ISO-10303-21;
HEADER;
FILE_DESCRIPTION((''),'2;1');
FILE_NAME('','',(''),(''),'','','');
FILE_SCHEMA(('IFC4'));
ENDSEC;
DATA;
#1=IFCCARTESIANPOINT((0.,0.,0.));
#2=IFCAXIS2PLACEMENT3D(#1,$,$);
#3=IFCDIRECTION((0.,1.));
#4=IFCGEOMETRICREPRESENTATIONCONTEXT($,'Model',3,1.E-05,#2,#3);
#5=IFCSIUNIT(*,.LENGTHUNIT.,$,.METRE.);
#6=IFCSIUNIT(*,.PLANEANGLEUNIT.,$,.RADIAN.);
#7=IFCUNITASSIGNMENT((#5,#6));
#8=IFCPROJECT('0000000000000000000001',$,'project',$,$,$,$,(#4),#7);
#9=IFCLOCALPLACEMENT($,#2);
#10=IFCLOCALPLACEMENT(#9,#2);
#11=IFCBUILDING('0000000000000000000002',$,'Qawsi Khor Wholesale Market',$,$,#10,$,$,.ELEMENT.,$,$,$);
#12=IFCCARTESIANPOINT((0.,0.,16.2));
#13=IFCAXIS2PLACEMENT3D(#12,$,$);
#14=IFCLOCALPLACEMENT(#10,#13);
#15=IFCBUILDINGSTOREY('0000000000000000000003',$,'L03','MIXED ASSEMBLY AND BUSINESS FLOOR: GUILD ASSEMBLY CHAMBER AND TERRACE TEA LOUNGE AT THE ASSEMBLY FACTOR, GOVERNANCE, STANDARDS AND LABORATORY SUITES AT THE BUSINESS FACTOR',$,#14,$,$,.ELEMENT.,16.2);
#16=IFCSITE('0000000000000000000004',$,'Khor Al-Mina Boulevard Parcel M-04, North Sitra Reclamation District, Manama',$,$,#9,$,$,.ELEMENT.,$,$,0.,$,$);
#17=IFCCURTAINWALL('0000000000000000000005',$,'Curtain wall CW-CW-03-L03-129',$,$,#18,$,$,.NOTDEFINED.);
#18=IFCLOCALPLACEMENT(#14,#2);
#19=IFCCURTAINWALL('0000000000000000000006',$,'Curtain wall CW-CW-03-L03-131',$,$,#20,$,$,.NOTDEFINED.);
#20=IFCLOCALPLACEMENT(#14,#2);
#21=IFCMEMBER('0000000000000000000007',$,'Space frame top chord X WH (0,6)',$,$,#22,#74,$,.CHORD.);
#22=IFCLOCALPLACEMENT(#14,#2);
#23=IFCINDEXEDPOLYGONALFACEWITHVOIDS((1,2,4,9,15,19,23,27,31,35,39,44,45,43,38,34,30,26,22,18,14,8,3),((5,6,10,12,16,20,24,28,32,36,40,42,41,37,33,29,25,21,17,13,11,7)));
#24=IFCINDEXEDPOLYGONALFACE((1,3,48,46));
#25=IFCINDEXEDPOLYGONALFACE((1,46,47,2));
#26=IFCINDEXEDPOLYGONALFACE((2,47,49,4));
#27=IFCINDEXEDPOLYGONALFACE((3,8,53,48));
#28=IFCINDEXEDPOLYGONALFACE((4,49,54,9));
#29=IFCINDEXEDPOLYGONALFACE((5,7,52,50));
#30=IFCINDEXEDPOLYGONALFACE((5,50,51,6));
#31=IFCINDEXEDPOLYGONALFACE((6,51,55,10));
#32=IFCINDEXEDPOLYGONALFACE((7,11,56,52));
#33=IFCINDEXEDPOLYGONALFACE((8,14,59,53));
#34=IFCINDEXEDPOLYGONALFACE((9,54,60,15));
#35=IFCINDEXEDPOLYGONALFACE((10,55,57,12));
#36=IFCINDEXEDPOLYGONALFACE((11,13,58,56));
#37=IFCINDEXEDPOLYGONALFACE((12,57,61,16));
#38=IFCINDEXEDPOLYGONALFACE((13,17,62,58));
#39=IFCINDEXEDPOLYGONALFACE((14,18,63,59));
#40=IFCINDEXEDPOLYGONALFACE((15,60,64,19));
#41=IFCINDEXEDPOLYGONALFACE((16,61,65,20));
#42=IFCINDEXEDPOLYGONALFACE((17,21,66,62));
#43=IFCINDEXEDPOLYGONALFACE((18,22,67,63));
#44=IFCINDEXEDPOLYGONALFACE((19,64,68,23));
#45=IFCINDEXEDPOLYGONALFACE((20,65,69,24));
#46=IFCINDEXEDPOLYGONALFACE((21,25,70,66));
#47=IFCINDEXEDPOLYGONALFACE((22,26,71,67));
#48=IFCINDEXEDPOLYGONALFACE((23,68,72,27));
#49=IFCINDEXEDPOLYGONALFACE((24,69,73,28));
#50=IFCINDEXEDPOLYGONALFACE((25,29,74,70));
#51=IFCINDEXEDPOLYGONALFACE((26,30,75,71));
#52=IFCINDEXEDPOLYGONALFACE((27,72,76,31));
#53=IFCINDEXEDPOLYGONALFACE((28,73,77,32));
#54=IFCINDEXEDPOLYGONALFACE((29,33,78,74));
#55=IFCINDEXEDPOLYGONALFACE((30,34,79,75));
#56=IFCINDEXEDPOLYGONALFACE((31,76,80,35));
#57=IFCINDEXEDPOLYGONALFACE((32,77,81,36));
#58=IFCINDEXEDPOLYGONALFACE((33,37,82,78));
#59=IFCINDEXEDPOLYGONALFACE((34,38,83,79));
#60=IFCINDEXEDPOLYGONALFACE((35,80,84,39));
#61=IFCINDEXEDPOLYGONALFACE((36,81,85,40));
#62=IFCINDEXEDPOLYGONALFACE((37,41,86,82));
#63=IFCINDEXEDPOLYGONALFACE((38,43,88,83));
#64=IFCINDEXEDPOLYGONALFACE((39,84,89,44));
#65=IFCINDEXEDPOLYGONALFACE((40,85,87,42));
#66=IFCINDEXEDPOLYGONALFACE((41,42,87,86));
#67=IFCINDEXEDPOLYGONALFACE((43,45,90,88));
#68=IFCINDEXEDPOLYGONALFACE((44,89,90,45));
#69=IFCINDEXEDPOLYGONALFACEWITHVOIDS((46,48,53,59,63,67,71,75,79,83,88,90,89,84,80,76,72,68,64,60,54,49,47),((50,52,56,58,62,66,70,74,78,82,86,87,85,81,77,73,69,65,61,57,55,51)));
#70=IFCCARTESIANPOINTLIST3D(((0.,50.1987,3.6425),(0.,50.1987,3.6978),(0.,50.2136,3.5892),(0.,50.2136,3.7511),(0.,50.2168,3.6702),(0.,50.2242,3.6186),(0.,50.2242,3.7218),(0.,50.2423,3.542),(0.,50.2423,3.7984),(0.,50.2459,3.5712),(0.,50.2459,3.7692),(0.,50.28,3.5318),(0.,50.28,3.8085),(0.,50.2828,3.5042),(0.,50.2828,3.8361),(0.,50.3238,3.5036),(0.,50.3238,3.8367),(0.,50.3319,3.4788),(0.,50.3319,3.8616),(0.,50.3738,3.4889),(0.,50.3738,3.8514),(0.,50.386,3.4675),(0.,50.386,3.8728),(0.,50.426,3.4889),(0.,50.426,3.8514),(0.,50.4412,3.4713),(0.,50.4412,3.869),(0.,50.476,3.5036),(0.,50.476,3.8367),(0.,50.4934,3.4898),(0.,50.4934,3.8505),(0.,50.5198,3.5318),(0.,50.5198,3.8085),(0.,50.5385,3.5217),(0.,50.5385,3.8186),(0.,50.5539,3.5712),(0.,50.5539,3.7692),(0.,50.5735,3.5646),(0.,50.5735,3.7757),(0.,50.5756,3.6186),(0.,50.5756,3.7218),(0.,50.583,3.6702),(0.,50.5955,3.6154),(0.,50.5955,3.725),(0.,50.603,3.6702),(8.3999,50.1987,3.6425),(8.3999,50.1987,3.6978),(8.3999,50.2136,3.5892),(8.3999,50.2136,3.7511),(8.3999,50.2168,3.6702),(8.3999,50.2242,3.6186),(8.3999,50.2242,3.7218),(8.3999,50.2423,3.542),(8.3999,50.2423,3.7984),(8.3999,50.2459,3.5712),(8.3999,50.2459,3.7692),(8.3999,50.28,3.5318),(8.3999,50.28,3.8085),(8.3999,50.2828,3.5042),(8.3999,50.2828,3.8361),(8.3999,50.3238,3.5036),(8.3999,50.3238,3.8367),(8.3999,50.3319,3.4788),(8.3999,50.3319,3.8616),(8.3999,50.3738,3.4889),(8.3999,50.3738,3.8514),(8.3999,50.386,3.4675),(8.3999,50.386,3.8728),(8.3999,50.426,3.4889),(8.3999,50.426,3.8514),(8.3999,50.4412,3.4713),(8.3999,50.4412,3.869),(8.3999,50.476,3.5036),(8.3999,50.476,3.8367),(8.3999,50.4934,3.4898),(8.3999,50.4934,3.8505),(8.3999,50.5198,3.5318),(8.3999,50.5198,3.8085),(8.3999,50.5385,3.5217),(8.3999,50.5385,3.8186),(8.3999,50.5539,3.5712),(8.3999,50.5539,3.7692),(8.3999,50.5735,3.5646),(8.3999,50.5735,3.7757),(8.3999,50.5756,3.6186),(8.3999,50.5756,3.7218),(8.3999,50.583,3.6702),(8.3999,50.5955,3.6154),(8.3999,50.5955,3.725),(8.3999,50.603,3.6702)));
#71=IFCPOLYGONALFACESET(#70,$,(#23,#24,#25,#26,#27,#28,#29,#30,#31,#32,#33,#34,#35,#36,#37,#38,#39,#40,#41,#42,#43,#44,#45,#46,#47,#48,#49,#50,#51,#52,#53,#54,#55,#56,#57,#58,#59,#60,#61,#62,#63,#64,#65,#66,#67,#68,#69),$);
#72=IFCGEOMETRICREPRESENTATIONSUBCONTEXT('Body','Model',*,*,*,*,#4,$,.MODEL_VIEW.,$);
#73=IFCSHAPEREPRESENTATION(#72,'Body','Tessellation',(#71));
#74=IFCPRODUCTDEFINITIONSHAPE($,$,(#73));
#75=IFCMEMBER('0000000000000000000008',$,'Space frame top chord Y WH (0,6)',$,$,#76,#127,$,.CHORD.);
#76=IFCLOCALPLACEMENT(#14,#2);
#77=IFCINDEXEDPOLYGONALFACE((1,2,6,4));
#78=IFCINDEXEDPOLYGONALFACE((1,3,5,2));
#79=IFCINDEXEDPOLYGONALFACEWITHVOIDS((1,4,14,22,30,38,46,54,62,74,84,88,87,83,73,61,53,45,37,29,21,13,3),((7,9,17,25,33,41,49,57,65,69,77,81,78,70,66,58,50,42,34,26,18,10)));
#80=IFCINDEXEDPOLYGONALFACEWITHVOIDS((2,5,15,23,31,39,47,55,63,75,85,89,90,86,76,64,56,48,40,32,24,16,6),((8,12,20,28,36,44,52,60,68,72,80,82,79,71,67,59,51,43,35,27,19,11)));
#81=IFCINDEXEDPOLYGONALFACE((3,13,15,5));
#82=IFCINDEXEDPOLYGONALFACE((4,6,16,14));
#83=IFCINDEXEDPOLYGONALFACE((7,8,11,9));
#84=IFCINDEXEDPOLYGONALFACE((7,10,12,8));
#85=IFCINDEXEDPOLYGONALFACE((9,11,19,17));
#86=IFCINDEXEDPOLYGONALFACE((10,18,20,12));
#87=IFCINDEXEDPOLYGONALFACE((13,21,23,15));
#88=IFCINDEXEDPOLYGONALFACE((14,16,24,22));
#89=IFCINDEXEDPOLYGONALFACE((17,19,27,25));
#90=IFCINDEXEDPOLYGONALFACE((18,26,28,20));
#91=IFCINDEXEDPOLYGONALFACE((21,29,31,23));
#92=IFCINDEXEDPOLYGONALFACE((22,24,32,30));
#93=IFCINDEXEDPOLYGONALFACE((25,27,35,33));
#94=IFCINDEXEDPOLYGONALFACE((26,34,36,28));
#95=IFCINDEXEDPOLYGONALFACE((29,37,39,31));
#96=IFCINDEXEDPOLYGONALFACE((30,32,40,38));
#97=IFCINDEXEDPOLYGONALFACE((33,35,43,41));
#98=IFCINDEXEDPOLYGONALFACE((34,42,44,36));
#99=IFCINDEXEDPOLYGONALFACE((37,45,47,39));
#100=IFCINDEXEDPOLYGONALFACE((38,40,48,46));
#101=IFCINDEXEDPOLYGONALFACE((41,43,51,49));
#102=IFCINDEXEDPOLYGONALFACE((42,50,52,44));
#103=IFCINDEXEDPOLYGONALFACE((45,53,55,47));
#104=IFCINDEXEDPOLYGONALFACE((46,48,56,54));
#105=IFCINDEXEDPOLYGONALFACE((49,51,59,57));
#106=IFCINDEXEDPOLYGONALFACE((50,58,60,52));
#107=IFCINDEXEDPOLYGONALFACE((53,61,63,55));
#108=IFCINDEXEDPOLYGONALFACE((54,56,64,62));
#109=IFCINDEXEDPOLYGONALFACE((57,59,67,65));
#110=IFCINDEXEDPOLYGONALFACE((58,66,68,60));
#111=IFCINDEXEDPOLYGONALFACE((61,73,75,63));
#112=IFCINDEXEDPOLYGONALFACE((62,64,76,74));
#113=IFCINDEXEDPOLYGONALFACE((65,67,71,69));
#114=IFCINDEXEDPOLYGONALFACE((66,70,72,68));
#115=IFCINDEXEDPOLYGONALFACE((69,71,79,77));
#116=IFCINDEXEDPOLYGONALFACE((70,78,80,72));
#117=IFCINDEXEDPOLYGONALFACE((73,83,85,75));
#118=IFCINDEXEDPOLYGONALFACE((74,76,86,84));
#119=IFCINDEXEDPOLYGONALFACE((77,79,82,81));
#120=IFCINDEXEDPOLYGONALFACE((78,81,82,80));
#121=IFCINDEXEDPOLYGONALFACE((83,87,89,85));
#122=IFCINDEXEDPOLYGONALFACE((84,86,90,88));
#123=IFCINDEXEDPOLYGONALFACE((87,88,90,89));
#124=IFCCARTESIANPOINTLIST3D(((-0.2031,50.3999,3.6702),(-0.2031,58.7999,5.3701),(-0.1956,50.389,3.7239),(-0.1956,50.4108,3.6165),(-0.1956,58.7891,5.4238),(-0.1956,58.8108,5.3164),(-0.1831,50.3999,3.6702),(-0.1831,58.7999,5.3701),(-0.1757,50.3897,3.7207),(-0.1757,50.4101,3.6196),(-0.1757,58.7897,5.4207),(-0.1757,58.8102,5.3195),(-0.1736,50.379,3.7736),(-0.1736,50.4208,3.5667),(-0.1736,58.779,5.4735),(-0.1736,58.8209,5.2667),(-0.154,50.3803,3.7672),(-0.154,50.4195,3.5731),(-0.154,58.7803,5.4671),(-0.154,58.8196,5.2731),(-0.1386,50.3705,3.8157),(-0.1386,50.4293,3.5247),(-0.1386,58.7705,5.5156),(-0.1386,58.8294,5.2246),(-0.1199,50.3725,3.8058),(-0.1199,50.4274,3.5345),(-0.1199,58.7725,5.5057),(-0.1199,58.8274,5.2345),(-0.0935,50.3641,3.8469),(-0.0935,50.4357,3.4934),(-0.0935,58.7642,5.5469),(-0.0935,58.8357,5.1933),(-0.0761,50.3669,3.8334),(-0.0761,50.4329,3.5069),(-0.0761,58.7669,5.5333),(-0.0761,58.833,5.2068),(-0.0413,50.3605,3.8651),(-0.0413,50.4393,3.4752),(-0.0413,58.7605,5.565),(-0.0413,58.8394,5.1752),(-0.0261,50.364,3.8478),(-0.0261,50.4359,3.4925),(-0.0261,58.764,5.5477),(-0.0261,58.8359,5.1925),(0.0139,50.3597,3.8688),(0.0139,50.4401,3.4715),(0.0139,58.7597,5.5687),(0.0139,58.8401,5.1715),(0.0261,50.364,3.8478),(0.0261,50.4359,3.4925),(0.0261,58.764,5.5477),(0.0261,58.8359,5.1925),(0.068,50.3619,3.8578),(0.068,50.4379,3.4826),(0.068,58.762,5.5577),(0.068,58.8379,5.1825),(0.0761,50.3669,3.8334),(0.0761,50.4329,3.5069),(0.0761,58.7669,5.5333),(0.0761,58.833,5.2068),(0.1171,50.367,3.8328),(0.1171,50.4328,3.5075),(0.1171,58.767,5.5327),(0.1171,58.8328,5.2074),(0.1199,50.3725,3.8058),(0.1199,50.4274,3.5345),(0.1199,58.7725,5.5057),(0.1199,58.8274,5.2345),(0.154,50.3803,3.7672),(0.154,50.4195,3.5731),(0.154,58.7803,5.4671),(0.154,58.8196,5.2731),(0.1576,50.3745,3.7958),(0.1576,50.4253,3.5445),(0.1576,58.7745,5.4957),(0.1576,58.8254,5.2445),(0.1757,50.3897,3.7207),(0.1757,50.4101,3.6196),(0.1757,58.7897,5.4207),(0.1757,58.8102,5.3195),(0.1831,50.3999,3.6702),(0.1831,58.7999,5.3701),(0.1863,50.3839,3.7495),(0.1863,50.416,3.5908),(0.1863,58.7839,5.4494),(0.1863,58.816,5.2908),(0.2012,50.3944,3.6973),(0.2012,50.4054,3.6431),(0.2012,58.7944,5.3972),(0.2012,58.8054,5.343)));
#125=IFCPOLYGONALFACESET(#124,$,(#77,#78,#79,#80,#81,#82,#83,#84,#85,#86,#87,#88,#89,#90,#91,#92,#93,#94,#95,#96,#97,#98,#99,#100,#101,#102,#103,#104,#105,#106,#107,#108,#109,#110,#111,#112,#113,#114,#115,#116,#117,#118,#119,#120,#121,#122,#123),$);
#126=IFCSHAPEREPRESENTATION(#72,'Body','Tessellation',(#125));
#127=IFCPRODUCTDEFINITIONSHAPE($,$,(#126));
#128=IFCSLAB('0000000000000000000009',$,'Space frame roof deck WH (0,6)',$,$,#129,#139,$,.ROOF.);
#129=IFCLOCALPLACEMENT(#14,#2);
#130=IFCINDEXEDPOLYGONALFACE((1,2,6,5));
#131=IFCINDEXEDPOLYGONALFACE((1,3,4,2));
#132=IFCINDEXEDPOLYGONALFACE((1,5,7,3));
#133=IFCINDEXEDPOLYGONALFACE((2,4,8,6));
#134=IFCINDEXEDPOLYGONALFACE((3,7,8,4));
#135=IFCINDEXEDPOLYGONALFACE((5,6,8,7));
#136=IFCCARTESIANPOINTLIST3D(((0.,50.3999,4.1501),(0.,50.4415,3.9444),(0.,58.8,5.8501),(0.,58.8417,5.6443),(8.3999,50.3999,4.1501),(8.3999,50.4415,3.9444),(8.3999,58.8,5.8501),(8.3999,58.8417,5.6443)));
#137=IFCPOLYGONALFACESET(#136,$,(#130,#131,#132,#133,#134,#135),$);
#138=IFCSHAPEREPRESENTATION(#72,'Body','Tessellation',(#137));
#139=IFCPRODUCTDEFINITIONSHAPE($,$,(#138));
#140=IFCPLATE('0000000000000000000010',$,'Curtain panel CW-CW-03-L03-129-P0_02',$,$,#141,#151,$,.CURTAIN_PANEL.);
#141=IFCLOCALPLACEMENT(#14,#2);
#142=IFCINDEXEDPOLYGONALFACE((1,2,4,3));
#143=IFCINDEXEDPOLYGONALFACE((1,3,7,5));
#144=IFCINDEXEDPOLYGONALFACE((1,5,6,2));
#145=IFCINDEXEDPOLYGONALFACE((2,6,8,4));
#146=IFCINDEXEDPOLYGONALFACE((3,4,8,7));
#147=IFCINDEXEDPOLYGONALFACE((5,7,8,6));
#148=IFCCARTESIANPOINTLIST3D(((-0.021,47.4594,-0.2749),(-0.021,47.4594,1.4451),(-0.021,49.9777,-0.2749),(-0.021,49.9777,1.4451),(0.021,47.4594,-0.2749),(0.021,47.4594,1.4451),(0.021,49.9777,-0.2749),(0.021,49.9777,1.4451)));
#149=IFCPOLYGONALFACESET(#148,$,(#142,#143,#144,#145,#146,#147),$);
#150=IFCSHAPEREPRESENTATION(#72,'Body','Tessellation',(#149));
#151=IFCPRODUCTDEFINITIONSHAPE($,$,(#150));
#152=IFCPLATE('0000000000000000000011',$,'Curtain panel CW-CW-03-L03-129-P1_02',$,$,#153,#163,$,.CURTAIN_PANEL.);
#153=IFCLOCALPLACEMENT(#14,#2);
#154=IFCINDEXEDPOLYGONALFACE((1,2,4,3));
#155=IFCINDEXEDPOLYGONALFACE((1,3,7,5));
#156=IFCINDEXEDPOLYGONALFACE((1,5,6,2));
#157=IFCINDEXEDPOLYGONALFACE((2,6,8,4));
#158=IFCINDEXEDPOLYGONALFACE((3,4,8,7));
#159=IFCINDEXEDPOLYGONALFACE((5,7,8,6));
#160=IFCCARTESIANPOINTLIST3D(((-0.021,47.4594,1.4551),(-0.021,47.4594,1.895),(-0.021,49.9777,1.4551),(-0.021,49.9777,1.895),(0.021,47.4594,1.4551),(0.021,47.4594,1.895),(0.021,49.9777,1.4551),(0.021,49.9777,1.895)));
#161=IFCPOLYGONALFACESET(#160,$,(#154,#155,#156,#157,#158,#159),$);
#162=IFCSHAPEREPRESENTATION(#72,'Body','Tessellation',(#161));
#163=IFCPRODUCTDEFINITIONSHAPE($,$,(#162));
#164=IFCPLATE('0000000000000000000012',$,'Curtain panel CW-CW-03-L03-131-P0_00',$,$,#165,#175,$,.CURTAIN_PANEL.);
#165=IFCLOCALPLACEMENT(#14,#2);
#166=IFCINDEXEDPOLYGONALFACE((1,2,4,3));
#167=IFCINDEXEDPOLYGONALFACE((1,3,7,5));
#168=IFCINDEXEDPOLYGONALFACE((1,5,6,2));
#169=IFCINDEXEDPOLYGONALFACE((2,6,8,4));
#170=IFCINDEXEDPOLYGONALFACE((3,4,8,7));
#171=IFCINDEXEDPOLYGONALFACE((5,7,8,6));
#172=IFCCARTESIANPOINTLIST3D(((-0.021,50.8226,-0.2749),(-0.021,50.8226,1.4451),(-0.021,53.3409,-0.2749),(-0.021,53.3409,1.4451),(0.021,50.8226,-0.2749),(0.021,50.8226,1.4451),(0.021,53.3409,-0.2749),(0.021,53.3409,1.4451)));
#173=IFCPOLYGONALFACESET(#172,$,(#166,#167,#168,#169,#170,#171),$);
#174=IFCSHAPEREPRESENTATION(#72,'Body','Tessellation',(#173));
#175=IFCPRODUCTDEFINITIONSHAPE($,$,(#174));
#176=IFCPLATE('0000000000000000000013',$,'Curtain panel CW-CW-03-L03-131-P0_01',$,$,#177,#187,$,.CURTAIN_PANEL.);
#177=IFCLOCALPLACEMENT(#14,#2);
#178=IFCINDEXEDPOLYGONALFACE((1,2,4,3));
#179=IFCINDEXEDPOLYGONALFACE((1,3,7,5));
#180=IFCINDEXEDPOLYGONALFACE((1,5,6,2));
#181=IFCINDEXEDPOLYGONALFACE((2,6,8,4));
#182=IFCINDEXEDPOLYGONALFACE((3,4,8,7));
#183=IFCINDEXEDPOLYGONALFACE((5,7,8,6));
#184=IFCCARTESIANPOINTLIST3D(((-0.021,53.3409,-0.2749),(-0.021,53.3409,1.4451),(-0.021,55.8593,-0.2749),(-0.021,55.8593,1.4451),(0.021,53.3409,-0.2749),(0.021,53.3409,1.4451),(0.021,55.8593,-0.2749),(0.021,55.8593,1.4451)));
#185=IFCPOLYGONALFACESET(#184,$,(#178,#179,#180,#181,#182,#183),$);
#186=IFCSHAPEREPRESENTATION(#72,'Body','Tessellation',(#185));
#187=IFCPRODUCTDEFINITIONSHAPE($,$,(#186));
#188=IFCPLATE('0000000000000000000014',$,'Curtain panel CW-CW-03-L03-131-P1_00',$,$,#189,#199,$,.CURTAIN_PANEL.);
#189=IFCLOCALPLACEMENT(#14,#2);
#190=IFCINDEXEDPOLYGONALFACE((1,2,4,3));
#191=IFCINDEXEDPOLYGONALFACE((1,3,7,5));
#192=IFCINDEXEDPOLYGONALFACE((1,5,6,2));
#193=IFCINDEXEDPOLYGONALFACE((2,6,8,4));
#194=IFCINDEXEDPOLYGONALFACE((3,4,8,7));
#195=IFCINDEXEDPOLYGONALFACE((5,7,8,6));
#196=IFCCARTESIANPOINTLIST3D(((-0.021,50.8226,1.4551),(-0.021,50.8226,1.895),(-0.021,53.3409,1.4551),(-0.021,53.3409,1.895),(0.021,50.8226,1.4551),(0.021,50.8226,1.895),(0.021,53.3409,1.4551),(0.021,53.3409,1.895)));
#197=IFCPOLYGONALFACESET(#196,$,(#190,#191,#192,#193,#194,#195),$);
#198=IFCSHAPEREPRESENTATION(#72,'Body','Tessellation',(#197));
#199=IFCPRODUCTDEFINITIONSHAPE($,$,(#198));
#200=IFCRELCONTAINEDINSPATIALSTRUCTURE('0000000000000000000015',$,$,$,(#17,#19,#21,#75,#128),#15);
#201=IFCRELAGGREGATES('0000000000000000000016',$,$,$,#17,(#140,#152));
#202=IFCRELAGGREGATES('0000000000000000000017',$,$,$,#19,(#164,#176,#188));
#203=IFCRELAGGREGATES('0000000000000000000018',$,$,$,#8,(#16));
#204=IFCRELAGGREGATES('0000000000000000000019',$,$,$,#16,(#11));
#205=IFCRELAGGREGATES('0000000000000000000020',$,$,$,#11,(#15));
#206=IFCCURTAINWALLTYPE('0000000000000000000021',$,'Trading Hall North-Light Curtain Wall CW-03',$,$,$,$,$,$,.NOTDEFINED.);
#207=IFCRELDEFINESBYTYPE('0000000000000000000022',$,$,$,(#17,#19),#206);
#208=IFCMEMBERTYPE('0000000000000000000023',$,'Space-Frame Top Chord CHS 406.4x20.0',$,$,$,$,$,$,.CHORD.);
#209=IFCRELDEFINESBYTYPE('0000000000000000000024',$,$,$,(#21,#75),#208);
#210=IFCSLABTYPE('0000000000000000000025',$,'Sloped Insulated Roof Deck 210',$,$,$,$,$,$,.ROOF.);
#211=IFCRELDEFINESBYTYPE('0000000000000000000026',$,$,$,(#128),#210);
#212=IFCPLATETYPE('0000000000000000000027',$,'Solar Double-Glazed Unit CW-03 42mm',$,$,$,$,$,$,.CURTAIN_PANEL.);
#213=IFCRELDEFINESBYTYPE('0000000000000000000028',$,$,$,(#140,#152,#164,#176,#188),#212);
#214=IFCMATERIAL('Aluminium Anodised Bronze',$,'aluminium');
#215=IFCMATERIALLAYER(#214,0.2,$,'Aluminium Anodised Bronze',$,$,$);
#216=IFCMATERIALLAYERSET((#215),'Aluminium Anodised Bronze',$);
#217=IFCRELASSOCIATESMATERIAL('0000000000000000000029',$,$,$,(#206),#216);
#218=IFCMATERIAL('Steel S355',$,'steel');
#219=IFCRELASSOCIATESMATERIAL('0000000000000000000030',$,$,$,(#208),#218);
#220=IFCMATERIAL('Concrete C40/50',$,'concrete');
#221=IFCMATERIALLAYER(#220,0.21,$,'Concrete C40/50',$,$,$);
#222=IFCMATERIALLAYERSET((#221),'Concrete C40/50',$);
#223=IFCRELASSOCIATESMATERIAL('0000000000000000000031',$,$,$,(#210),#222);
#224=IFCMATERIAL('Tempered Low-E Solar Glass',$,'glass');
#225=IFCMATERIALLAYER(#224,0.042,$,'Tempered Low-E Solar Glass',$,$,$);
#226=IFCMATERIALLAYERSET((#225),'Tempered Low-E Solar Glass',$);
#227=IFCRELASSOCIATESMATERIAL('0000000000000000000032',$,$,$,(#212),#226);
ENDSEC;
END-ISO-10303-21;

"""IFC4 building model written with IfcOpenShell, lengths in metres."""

from ifc_helpers import new_model, si_unit, direction, frame, frame_2d, origin, origin_2d, place, context, subcontext, project, spatial, polyline, rectangle, hollow_circle, outline, extrude, material, layer, layer_set, material_profile, profile_set, type_object, element, aggregate, save


model = new_model("IFC4")

# Units and contexts
model_context = context("Model", 3, precision=1e-05, world=origin(), true_north=direction((0.0, 1.0)))
body_context = subcontext(model_context, "Body", "Model", "MODEL_VIEW")
ifc_project = project(units=[si_unit("LENGTHUNIT", "METRE"), si_unit("PLANEANGLEUNIT", "RADIAN")], contexts=[model_context])

# Site, building, storey
site_placement = place(None, origin())
site = spatial("IfcSite", under=ifc_project, at=site_placement, Name="Khor Al-Mina Boulevard Parcel M-04, North Sitra Reclamation District, Manama", CompositionType="ELEMENT", RefElevation=0.0)
building_placement = place(site_placement, origin())
building = spatial("IfcBuilding", under=site, at=building_placement, Name="Qawsi Khor Wholesale Market", CompositionType="ELEMENT")
storey_placement = place(building_placement, frame((0.0, 0.0, 16.2)))
storey = spatial("IfcBuildingStorey", under=building, at=storey_placement, Name="L03", Description="MIXED ASSEMBLY AND BUSINESS FLOOR: GUILD ASSEMBLY CHAMBER AND TERRACE TEA LOUNGE AT THE ASSEMBLY FACTOR, GOVERNANCE, STANDARDS AND LABORATORY SUITES AT THE BUSINESS FACTOR", CompositionType="ELEMENT", Elevation=16.2)

# Shared definitions
ifc_material_1 = material(Name="Concrete C40/50", Category="concrete")

# Curtain walls
ifc_material_2 = material(Name="Aluminium Anodised Bronze", Category="aluminium")
ifc_layer_1 = layer(ifc_material_2, 0.2, Name="Aluminium Anodised Bronze")
ifc_layer_set_1 = layer_set([ifc_layer_1], Name="Aluminium Anodised Bronze")
curtain_wall_type = type_object("IfcCurtainWallType", Name="Trading Hall North-Light Curtain Wall CW-03", PredefinedType="NOTDEFINED", material=ifc_layer_set_1)
curtain_wall_1_placement = place(storey_placement, origin())
curtain_wall_1 = element("IfcCurtainWall", 1, at=curtain_wall_1_placement, inside=storey, type_object=curtain_wall_type, Name="Curtain wall CW-CW-03-L03-129", PredefinedType="NOTDEFINED")
curtain_wall_2_placement = place(storey_placement, origin())
curtain_wall_2 = element("IfcCurtainWall", 2, at=curtain_wall_2_placement, inside=storey, type_object=curtain_wall_type, Name="Curtain wall CW-CW-03-L03-131", PredefinedType="NOTDEFINED")

# Members
ifc_material_3 = material(Name="Steel S355", Category="steel")
ifc_material_profile_1 = material_profile(ifc_material_3, hollow_circle(Radius=0.2031, WallThickness=0.02, at=origin_2d()), Name="CHS 406.4x20.0")
ifc_profile_set_1 = profile_set([ifc_material_profile_1], Name="Steel S355")
member_type_1 = type_object("IfcMemberType", Name="Space-Frame Top Chord CHS 406.4x20.0", PredefinedType="CHORD", material=ifc_profile_set_1)
member_1_placement = place(storey_placement, frame((0.0, 50.3999, 3.6702), z_axis=(1.0, 0.0, 0.0), x_axis=(0.0, 1.0, 0.0)))
element("IfcMember", 3, at=member_1_placement, inside=storey, type_object=member_type_1, Name="Space frame top chord X WH (0,6)", PredefinedType="CHORD", context=body_context, shape_type="SweptSolid", body=[
    extrude(hollow_circle(Radius=0.2031, WallThickness=0.02, at=origin_2d()), origin(), (0.0, 0.0, 1.0), 8.3999),
])
member_2_placement = place(storey_placement, frame((0.0, 50.3999, 3.6702), z_axis=(0.0, 0.980131, 0.198351), x_axis=(-1.0, 0.0, 0.0)))
element("IfcMember", 4, at=member_2_placement, inside=storey, type_object=member_type_1, Name="Space frame top chord Y WH (0,6)", PredefinedType="CHORD", context=body_context, shape_type="SweptSolid", body=[
    extrude(hollow_circle(Radius=0.2031, WallThickness=0.02, at=origin_2d()), origin(), (0.0, 0.0, 1.0), 8.5703),
])

# Slab
ifc_layer_2 = layer(ifc_material_1, 0.21, Name="Concrete C40/50")
ifc_layer_set_2 = layer_set([ifc_layer_2], Name="Concrete C40/50")
slab_type = type_object("IfcSlabType", Name="Sloped Insulated Roof Deck 210", PredefinedType="ROOF", material=ifc_layer_set_2)
slab_placement = place(storey_placement, frame((0.0, 50.3999, 4.1501), z_axis=(0.0, -0.198351, 0.980131), x_axis=(1.0, 0.0, 0.0)))
element("IfcSlab", 5, at=slab_placement, inside=storey, type_object=slab_type, Name="Space frame roof deck WH (0,6)", PredefinedType="ROOF", context=body_context, shape_type="SweptSolid", body=[
    extrude(outline(polyline([(0.0, 0.0), (8.3999, 0.0), (8.3999, 8.5704), (0.0, 8.5704), (0.0, 0.0)])), origin(), (0.0, 0.0, -1.0), 0.21),
])

# Plates
ifc_material_4 = material(Name="Tempered Low-E Solar Glass", Category="glass")
ifc_layer_3 = layer(ifc_material_4, 0.042, Name="Tempered Low-E Solar Glass")
ifc_layer_set_3 = layer_set([ifc_layer_3], Name="Tempered Low-E Solar Glass")
plate_type = type_object("IfcPlateType", Name="Solar Double-Glazed Unit CW-03 42mm", PredefinedType="CURTAIN_PANEL", material=ifc_layer_set_3)
plate_1_placement = place(storey_placement, frame((0.0, 47.4592, -0.2749), z_axis=(0.0, 0.0, 1.0), x_axis=(0.0, 1.0, 0.0)))
plate_1 = element("IfcPlate", 6, at=plate_1_placement, type_object=plate_type, Name="Curtain panel CW-CW-03-L03-129-P0_02", PredefinedType="CURTAIN_PANEL", context=body_context, shape_type="SweptSolid", body=[
    extrude(rectangle(XDim=2.5183, YDim=0.042, at=frame_2d((1.2593, 0.0))), origin(), (0.0, 0.0, 1.0), 1.72),
])
plate_2_placement = place(storey_placement, frame((0.0, 47.4592, 1.4551), z_axis=(0.0, 0.0, 1.0), x_axis=(0.0, 1.0, 0.0)))
plate_2 = element("IfcPlate", 7, at=plate_2_placement, type_object=plate_type, Name="Curtain panel CW-CW-03-L03-129-P1_02", PredefinedType="CURTAIN_PANEL", context=body_context, shape_type="SweptSolid", body=[
    extrude(rectangle(XDim=2.5183, YDim=0.042, at=frame_2d((1.2593, 0.0))), origin(), (0.0, 0.0, 1.0), 0.4399),
])
aggregate(curtain_wall_1, [plate_1, plate_2])
plate_3_placement = place(storey_placement, frame((0.0, 50.8225, -0.2749), z_axis=(0.0, 0.0, 1.0), x_axis=(0.0, 1.0, 0.0)))
plate_3 = element("IfcPlate", 8, at=plate_3_placement, type_object=plate_type, Name="Curtain panel CW-CW-03-L03-131-P0_00", PredefinedType="CURTAIN_PANEL", context=body_context, shape_type="SweptSolid", body=[
    extrude(rectangle(XDim=2.5183, YDim=0.042, at=frame_2d((1.2593, 0.0))), origin(), (0.0, 0.0, 1.0), 1.72),
])
plate_4_placement = place(storey_placement, frame((0.0, 53.3408, -0.2749), z_axis=(0.0, 0.0, 1.0), x_axis=(0.0, 1.0, 0.0)))
plate_4 = element("IfcPlate", 9, at=plate_4_placement, type_object=plate_type, Name="Curtain panel CW-CW-03-L03-131-P0_01", PredefinedType="CURTAIN_PANEL", context=body_context, shape_type="SweptSolid", body=[
    extrude(rectangle(XDim=2.5183, YDim=0.042, at=frame_2d((1.2593, 0.0))), origin(), (0.0, 0.0, 1.0), 1.72),
])
plate_5_placement = place(storey_placement, frame((0.0, 50.8225, 1.4551), z_axis=(0.0, 0.0, 1.0), x_axis=(0.0, 1.0, 0.0)))
plate_5 = element("IfcPlate", 10, at=plate_5_placement, type_object=plate_type, Name="Curtain panel CW-CW-03-L03-131-P1_00", PredefinedType="CURTAIN_PANEL", context=body_context, shape_type="SweptSolid", body=[
    extrude(rectangle(XDim=2.5183, YDim=0.042, at=frame_2d((1.2593, 0.0))), origin(), (0.0, 0.0, 1.0), 0.4399),
])
aggregate(curtain_wall_2, [plate_3, plate_4, plate_5])

save(model, "model.ifc")
